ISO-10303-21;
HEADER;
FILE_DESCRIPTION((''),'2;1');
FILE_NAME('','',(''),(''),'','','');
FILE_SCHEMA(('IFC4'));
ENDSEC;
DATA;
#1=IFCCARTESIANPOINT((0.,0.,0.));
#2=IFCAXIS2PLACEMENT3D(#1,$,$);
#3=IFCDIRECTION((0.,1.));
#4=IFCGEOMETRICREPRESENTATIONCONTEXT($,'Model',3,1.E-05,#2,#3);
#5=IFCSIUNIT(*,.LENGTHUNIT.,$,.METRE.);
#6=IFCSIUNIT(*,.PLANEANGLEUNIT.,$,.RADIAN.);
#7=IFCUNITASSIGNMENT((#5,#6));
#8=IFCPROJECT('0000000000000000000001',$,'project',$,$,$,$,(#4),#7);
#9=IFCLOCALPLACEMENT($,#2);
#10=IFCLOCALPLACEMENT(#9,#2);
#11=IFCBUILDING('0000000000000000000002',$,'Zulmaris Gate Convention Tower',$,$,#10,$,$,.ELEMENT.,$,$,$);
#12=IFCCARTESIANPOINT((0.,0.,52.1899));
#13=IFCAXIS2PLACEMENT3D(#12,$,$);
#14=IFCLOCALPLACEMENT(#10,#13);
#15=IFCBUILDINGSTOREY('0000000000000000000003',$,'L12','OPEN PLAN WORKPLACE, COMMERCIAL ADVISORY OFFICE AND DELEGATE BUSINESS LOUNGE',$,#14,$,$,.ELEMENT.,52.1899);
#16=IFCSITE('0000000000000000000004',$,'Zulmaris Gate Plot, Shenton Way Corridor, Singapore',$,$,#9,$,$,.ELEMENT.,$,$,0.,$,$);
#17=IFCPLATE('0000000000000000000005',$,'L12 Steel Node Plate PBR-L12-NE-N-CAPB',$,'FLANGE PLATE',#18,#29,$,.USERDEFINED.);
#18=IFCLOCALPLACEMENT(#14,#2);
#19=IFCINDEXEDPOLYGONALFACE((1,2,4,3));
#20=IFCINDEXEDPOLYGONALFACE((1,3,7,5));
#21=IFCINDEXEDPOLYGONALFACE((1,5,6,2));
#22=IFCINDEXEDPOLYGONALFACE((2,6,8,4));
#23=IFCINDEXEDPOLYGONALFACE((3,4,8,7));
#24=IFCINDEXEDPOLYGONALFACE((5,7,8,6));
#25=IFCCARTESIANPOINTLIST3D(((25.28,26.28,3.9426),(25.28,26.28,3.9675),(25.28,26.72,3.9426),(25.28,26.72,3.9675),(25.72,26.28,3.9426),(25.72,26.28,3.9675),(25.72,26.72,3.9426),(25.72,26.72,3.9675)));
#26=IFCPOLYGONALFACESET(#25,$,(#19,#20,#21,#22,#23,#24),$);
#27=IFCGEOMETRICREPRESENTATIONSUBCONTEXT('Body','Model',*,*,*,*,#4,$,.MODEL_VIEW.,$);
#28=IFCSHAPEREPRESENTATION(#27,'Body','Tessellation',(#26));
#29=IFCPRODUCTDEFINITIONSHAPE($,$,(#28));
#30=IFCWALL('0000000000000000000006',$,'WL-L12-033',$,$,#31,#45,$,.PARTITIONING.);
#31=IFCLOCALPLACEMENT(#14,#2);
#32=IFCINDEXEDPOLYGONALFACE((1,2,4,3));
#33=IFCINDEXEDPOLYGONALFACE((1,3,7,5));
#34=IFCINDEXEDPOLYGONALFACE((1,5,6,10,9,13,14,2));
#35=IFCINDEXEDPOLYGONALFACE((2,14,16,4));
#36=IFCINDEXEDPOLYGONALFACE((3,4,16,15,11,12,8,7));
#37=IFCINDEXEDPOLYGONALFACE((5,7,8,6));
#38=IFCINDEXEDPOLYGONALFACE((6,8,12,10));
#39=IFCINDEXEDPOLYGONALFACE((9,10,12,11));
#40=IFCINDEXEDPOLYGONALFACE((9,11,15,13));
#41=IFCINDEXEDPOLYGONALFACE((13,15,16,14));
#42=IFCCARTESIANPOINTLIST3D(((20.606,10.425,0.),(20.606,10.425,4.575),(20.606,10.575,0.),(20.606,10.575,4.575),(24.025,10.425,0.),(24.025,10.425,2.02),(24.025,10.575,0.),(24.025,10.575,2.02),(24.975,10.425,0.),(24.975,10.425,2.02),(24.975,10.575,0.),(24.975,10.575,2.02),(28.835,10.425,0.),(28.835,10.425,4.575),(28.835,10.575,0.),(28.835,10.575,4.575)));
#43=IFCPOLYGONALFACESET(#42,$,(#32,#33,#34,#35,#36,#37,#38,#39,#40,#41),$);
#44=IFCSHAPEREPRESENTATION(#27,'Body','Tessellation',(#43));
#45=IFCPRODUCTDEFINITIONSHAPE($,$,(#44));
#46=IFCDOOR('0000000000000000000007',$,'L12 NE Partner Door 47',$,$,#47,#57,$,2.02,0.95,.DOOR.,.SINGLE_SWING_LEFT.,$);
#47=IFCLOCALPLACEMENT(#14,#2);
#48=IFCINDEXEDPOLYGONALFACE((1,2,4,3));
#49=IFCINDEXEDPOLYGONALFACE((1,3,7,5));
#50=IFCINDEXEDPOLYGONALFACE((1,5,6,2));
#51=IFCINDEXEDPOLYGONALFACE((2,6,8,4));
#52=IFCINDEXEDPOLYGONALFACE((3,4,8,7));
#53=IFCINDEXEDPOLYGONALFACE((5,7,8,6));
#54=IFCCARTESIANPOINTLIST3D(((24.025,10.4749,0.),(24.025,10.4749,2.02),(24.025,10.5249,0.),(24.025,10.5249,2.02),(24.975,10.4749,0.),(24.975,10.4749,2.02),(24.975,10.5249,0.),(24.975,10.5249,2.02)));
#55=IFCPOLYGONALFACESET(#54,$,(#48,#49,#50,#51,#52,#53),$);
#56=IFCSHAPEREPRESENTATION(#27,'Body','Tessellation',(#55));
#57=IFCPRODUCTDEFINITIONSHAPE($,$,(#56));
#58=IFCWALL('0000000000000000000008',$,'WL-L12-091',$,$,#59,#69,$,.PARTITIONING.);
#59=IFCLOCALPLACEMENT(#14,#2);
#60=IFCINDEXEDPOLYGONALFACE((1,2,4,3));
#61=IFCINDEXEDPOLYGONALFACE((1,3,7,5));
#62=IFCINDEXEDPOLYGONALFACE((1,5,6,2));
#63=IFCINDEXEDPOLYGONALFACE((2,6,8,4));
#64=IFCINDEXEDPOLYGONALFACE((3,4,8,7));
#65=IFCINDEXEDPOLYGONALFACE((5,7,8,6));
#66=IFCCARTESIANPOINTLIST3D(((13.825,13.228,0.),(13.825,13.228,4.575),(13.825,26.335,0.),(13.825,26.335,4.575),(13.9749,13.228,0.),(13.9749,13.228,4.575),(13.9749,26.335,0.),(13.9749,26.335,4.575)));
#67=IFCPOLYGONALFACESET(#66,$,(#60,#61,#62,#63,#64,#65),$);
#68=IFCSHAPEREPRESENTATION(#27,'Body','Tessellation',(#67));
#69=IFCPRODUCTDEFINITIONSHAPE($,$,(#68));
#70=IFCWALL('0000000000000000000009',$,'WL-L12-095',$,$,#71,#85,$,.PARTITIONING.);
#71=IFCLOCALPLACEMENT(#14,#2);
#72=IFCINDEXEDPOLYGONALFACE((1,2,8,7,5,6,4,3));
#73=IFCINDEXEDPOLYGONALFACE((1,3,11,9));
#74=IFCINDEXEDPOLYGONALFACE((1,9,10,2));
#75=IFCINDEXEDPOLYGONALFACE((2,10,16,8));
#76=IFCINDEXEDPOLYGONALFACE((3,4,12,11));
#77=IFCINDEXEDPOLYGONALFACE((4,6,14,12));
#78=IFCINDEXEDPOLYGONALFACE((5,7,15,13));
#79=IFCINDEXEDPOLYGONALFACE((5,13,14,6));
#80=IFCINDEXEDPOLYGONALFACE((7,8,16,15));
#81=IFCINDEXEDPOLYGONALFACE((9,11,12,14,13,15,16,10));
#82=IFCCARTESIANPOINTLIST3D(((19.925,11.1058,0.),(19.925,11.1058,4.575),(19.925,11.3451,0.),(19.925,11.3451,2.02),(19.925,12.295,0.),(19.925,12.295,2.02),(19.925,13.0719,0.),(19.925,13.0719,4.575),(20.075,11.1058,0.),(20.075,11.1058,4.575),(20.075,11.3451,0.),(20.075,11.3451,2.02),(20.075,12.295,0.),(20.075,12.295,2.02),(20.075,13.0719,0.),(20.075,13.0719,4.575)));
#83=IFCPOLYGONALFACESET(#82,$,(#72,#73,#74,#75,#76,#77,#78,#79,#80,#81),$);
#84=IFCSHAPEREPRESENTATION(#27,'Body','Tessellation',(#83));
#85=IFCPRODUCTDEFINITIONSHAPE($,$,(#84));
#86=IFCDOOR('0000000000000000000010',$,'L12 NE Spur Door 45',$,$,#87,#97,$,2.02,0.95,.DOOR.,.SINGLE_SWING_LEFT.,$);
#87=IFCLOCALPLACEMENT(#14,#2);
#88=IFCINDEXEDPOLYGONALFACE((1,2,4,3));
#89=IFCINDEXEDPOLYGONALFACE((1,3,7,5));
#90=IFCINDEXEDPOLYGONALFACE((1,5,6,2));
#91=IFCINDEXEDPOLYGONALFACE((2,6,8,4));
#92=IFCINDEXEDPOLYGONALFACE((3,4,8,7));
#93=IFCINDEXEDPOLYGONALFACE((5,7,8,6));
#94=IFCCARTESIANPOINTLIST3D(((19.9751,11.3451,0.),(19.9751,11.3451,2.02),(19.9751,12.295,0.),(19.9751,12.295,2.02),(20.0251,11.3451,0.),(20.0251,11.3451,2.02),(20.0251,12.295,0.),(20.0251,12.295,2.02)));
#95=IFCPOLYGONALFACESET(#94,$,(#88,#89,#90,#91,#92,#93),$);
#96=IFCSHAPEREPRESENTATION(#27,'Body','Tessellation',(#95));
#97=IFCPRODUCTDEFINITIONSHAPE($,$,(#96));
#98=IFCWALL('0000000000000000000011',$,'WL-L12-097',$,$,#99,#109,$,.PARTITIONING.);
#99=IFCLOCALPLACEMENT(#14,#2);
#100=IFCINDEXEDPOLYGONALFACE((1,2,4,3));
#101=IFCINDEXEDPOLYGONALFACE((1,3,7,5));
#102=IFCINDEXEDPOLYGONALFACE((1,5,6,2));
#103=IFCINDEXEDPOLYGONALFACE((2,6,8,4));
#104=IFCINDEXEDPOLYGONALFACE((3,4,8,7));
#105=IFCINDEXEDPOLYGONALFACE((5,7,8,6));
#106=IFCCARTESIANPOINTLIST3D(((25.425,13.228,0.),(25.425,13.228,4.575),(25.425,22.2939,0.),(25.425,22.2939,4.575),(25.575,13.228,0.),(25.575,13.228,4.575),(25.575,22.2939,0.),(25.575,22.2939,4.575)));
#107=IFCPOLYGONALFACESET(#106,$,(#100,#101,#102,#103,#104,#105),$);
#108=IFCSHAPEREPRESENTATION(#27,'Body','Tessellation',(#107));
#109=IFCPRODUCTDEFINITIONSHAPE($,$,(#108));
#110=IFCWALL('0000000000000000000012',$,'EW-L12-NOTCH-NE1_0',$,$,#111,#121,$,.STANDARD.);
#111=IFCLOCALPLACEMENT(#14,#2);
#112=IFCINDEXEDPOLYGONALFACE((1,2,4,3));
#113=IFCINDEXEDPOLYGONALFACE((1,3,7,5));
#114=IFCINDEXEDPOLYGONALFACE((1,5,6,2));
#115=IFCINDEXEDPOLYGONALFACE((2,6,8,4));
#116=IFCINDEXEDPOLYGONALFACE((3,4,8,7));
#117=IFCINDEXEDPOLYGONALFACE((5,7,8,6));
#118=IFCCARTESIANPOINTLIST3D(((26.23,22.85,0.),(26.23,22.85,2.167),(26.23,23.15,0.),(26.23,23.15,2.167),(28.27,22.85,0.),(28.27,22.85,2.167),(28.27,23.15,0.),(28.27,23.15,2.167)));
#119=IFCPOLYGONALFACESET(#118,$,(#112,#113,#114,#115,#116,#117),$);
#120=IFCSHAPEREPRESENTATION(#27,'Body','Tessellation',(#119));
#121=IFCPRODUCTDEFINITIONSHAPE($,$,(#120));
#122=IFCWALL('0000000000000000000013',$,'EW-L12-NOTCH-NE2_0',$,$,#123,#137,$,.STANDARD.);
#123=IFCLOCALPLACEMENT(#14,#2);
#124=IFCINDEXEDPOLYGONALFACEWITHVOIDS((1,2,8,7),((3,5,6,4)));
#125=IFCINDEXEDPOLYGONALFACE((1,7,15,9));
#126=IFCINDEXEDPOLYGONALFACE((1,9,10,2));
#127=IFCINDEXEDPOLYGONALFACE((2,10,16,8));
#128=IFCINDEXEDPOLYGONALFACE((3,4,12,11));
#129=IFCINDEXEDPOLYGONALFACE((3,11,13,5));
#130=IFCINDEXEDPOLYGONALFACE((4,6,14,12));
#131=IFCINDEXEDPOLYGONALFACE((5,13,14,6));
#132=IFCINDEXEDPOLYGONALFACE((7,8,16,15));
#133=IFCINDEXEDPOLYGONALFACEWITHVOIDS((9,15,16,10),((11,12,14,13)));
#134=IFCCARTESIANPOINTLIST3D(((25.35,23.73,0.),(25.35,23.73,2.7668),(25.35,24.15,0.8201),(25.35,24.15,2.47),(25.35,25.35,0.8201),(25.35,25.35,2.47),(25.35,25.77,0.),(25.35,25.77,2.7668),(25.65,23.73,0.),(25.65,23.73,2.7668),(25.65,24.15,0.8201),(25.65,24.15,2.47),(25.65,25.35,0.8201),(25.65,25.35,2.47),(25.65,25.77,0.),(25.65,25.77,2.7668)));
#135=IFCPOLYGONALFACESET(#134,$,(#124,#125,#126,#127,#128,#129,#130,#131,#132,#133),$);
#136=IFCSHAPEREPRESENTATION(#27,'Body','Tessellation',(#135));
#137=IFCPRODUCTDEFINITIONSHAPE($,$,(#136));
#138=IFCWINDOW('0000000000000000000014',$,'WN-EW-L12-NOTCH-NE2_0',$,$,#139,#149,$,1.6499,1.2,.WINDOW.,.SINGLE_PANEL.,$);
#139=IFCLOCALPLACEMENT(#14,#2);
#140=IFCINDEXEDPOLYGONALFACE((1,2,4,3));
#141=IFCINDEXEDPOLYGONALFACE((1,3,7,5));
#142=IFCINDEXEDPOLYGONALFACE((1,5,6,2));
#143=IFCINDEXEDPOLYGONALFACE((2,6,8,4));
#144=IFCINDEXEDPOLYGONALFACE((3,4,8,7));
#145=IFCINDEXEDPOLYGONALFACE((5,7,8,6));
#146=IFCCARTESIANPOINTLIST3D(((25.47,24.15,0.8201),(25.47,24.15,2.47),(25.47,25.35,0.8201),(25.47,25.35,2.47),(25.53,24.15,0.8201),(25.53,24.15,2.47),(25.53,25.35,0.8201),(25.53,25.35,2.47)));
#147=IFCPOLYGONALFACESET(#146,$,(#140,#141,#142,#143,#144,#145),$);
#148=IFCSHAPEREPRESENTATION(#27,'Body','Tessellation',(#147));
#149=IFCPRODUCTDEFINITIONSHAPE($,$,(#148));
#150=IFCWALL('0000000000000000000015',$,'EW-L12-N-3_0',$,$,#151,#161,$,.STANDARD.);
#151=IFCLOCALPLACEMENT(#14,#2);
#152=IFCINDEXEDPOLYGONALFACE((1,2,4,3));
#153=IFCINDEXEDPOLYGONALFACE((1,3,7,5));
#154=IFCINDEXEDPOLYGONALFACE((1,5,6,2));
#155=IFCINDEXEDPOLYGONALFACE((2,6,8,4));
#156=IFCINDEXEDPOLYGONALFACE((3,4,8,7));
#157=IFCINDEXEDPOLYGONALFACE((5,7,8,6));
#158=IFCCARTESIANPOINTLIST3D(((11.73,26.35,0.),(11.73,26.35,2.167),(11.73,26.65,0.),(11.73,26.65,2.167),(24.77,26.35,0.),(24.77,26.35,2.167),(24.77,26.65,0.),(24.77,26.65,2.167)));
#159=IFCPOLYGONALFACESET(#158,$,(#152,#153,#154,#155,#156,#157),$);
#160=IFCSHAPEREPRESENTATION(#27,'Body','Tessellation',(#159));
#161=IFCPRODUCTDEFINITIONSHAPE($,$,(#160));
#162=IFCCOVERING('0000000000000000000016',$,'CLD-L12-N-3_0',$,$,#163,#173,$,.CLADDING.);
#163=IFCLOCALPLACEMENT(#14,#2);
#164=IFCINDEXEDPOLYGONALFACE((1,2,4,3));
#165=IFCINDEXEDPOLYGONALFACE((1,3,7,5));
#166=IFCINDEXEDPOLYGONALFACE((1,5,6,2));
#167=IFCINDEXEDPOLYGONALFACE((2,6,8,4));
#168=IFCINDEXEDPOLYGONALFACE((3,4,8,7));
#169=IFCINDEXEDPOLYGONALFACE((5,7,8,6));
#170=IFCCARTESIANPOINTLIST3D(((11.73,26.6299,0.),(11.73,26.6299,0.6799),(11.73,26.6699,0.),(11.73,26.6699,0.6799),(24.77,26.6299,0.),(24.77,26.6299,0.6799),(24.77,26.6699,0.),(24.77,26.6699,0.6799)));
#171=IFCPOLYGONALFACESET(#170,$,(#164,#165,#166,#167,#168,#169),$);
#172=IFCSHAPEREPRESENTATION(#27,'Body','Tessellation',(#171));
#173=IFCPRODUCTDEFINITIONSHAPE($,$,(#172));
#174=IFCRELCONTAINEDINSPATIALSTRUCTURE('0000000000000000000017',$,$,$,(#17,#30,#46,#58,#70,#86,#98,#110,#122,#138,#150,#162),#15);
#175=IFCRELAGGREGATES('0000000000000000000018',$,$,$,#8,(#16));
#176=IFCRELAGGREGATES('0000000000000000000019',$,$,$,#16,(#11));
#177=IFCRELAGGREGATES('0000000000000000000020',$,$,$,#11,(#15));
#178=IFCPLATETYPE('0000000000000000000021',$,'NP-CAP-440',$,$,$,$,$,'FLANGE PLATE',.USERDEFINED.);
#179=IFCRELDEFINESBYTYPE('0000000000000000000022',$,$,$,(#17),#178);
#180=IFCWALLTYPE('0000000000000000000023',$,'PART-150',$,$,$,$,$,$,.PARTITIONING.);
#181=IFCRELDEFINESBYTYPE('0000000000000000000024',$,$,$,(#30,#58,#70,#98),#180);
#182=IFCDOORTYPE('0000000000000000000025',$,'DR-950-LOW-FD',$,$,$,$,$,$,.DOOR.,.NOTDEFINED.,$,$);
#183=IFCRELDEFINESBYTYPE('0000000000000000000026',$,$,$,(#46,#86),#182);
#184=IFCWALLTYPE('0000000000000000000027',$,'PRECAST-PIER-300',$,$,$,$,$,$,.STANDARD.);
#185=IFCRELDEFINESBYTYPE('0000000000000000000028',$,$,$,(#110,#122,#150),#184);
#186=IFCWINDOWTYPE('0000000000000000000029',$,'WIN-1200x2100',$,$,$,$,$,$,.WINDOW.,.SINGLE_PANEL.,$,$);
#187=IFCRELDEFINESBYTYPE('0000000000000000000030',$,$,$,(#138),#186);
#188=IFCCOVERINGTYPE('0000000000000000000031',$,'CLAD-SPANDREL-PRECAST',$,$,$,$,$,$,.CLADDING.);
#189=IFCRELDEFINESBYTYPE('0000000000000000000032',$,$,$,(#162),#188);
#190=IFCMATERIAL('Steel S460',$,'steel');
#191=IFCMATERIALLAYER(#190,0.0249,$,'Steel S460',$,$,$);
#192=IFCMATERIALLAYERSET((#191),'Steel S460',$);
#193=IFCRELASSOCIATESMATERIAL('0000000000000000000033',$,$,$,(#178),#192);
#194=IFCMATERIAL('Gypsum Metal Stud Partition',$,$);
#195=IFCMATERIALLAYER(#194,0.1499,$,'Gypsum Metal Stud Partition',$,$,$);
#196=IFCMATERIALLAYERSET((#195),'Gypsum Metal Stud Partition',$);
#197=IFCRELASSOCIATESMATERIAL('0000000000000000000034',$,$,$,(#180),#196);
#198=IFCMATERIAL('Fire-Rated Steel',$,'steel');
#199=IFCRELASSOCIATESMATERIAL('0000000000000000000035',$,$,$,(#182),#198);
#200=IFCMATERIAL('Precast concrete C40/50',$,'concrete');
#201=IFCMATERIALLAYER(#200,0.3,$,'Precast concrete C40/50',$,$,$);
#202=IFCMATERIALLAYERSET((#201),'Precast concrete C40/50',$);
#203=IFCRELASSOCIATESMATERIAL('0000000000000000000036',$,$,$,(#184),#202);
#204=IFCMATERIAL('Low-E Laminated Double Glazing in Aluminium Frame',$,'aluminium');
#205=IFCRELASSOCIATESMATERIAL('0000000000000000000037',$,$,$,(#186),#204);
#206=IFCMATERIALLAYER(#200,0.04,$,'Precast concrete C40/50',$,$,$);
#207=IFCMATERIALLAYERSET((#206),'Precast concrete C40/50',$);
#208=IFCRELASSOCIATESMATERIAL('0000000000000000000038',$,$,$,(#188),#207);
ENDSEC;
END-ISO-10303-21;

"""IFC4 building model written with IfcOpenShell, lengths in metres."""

from ifc_helpers import new_model, si_unit, direction, frame, frame_2d, origin, origin_2d, place, context, subcontext, project, spatial, rectangle, extrude, material, layer, layer_set, type_object, element, fill, save


model = new_model("IFC4")

# Units and contexts
model_context = context("Model", 3, precision=1e-05, world=origin(), true_north=direction((0.0, 1.0)))
body_context = subcontext(model_context, "Body", "Model", "MODEL_VIEW")
ifc_project = project(units=[si_unit("LENGTHUNIT", "METRE"), si_unit("PLANEANGLEUNIT", "RADIAN")], contexts=[model_context])

# Site, building, storey
site_placement = place(None, origin())
site = spatial("IfcSite", under=ifc_project, at=site_placement, Name="Zulmaris Gate Plot, Shenton Way Corridor, Singapore", CompositionType="ELEMENT", RefElevation=0.0)
building_placement = place(site_placement, origin())
building = spatial("IfcBuilding", under=site, at=building_placement, Name="Zulmaris Gate Convention Tower", CompositionType="ELEMENT")
storey_placement = place(building_placement, frame((0.0, 0.0, 52.1899)))
storey = spatial("IfcBuildingStorey", under=building, at=storey_placement, Name="L12", Description="OPEN PLAN WORKPLACE, COMMERCIAL ADVISORY OFFICE AND DELEGATE BUSINESS LOUNGE", CompositionType="ELEMENT", Elevation=52.1899)

# Shared definitions
ifc_material_1 = material(Name="Steel S460", Category="steel")

# Plate
ifc_layer_1 = layer(ifc_material_1, 0.0249, Name="Steel S460")
ifc_layer_set_1 = layer_set([ifc_layer_1], Name="Steel S460")
plate_type = type_object("IfcPlateType", Name="NP-CAP-440", ElementType="FLANGE PLATE", PredefinedType="USERDEFINED", material=ifc_layer_set_1)
for number, where, z_axis, x_axis, name in (
    (1, (25.5, 26.5, 3.9426), (0.0, 0.0, 1.0), (1.0, 0.0, 0.0), "L12 Steel Node Plate PBR-L12-NE-N-CAPB"),
):
    element("IfcPlate", number, at=place(storey_placement, frame(where, z_axis=z_axis, x_axis=x_axis)), inside=storey, type_object=plate_type, Name=name, ObjectType="FLANGE PLATE", PredefinedType="USERDEFINED", context=body_context, shape_type="SweptSolid", body=[
        extrude(rectangle(XDim=0.4399, YDim=0.4399, at=origin_2d()), origin(), (0.0, 0.0, 1.0), 0.0249),
    ])

# Wall, opening, door
ifc_material_2 = material(Name="Gypsum Metal Stud Partition")
ifc_layer_2 = layer(ifc_material_2, 0.1499, Name="Gypsum Metal Stud Partition")
ifc_layer_set_2 = layer_set([ifc_layer_2], Name="Gypsum Metal Stud Partition")
wall_type_1 = type_object("IfcWallType", Name="PART-150", PredefinedType="PARTITIONING", material=ifc_layer_set_2)
wall_1_placement = place(storey_placement, frame((20.606, 10.5, 0.0), z_axis=(0.0, 0.0, 1.0), x_axis=(1.0, 0.0, 0.0)))
wall_1 = element("IfcWall", 2, at=wall_1_placement, inside=storey, type_object=wall_type_1, Name="WL-L12-033", PredefinedType="PARTITIONING", context=body_context, shape_type="SweptSolid", body=[
    extrude(rectangle(XDim=8.229, YDim=0.1499, at=frame_2d((4.1145, 0.0))), origin(), (0.0, 0.0, 1.0), 4.575),
])
opening_1_placement = place(wall_1_placement, frame((3.4189, 0.0, 0.0)))
opening_1 = element("IfcOpeningElement", 3, at=opening_1_placement, cuts=wall_1, PredefinedType="OPENING", context=body_context, shape_type="SweptSolid", body=[
    extrude(rectangle(XDim=0.95, YDim=2.02, at=frame_2d((0.4751, 1.01))), frame((0.0, 0.085, 0.0), z_axis=(0.0, -1.0, 0.0), x_axis=(1.0, 0.0, 0.0)), (0.0, 0.0, 1.0), 0.1699),
])
ifc_material_3 = material(Name="Fire-Rated Steel", Category="steel")
door_type_1 = type_object("IfcDoorType", Name="DR-950-LOW-FD", OperationType="NOTDEFINED", PredefinedType="DOOR", material=ifc_material_3)
door_1_placement = place(opening_1_placement, origin())
door_1 = element("IfcDoor", 4, at=door_1_placement, inside=storey, type_object=door_type_1, Name="L12 NE Partner Door 47", OperationType="SINGLE_SWING_LEFT", OverallHeight=2.02, OverallWidth=0.95, PredefinedType="DOOR", context=body_context, shape_type="SweptSolid", body=[
    extrude(rectangle(XDim=0.95, YDim=2.02, at=frame_2d((0.4751, 1.01))), frame((0.0, 0.0249, 0.0), z_axis=(0.0, -1.0, 0.0), x_axis=(1.0, 0.0, 0.0)), (0.0, 0.0, 1.0), 0.05),
])
fill(opening_1, door_1)

# Wall
wall_2_placement = place(storey_placement, frame((13.8999, 13.228, 0.0), z_axis=(0.0, 0.0, 1.0), x_axis=(0.0, 1.0, 0.0)))
element("IfcWall", 5, at=wall_2_placement, inside=storey, type_object=wall_type_1, Name="WL-L12-091", PredefinedType="PARTITIONING", context=body_context, shape_type="SweptSolid", body=[
    extrude(rectangle(XDim=13.1069, YDim=0.1499, at=frame_2d((6.5535, 0.0))), origin(), (0.0, 0.0, 1.0), 4.575),
])

# Wall, opening, door
wall_3_placement = place(storey_placement, frame((20.0, 11.106, 0.0), z_axis=(0.0, 0.0, 1.0), x_axis=(0.0, 1.0, 0.0)))
wall_3 = element("IfcWall", 6, at=wall_3_placement, inside=storey, type_object=wall_type_1, Name="WL-L12-095", PredefinedType="PARTITIONING", context=body_context, shape_type="SweptSolid", body=[
    extrude(rectangle(XDim=1.9661, YDim=0.1499, at=frame_2d((0.9829, 0.0))), origin(), (0.0, 0.0, 1.0), 4.575),
])
opening_2_placement = place(wall_3_placement, frame((0.239, 0.0, 0.0)))
opening_2 = element("IfcOpeningElement", 7, at=opening_2_placement, cuts=wall_3, PredefinedType="OPENING", context=body_context, shape_type="SweptSolid", body=[
    extrude(rectangle(XDim=0.95, YDim=2.02, at=frame_2d((0.4751, 1.01))), frame((0.0, 0.085, 0.0), z_axis=(0.0, -1.0, 0.0), x_axis=(1.0, 0.0, 0.0)), (0.0, 0.0, 1.0), 0.1699),
])
door_2_placement = place(opening_2_placement, origin())
door_2 = element("IfcDoor", 8, at=door_2_placement, inside=storey, type_object=door_type_1, Name="L12 NE Spur Door 45", OperationType="SINGLE_SWING_LEFT", OverallHeight=2.02, OverallWidth=0.95, PredefinedType="DOOR", context=body_context, shape_type="SweptSolid", body=[
    extrude(rectangle(XDim=0.95, YDim=2.02, at=frame_2d((0.4751, 1.01))), frame((0.0, 0.0249, 0.0), z_axis=(0.0, -1.0, 0.0), x_axis=(1.0, 0.0, 0.0)), (0.0, 0.0, 1.0), 0.05),
])
fill(opening_2, door_2)

# Walls
wall_4_placement = place(storey_placement, frame((25.5, 13.228, 0.0), z_axis=(0.0, 0.0, 1.0), x_axis=(0.0, 1.0, 0.0)))
element("IfcWall", 9, at=wall_4_placement, inside=storey, type_object=wall_type_1, Name="WL-L12-097", PredefinedType="PARTITIONING", context=body_context, shape_type="SweptSolid", body=[
    extrude(rectangle(XDim=9.0659, YDim=0.1499, at=frame_2d((4.533, 0.0))), origin(), (0.0, 0.0, 1.0), 4.575),
])
ifc_material_4 = material(Name="Precast concrete C40/50", Category="concrete")
ifc_layer_3 = layer(ifc_material_4, 0.3, Name="Precast concrete C40/50")
ifc_layer_set_3 = layer_set([ifc_layer_3], Name="Precast concrete C40/50")
wall_type_2 = type_object("IfcWallType", Name="PRECAST-PIER-300", PredefinedType="STANDARD", material=ifc_layer_set_3)
wall_5_placement = place(storey_placement, frame((28.27, 23.0, 0.0), z_axis=(0.0, 0.0, 1.0), x_axis=(-1.0, 0.0, 0.0)))
element("IfcWall", 10, at=wall_5_placement, inside=storey, type_object=wall_type_2, Name="EW-L12-NOTCH-NE1_0", PredefinedType="STANDARD", context=body_context, shape_type="SweptSolid", body=[
    extrude(rectangle(XDim=2.04, YDim=0.3, at=frame_2d((1.02, 0.0))), origin(), (0.0, 0.0, 1.0), 2.167),
])

# Wall, opening, window
wall_6_placement = place(storey_placement, frame((25.5, 23.73, 0.0), z_axis=(0.0, 0.0, 1.0), x_axis=(0.0, 1.0, 0.0)))
wall_6 = element("IfcWall", 11, at=wall_6_placement, inside=storey, type_object=wall_type_2, Name="EW-L12-NOTCH-NE2_0", PredefinedType="STANDARD", context=body_context, shape_type="SweptSolid", body=[
    extrude(rectangle(XDim=2.04, YDim=0.3, at=frame_2d((1.02, 0.0))), origin(), (0.0, 0.0, 1.0), 2.7668),
])
opening_3_placement = place(wall_6_placement, frame((0.4199, 0.0, 0.8201)))
opening_3 = element("IfcOpeningElement", 12, at=opening_3_placement, cuts=wall_6, PredefinedType="OPENING", context=body_context, shape_type="SweptSolid", body=[
    extrude(rectangle(XDim=1.2, YDim=1.6499, at=frame_2d((0.6001, 0.825))), frame((0.0, 0.1602, 0.0), z_axis=(0.0, -1.0, 0.0), x_axis=(1.0, 0.0, 0.0)), (0.0, 0.0, 1.0), 0.3201),
])
ifc_material_5 = material(Name="Low-E Laminated Double Glazing in Aluminium Frame", Category="aluminium")
window_type = type_object("IfcWindowType", Name="WIN-1200x2100", PartitioningType="SINGLE_PANEL", PredefinedType="WINDOW", material=ifc_material_5)
window_placement = place(opening_3_placement, origin())
window = element("IfcWindow", 13, at=window_placement, inside=storey, type_object=window_type, Name="WN-EW-L12-NOTCH-NE2_0", OverallHeight=1.6499, OverallWidth=1.2, PartitioningType="SINGLE_PANEL", PredefinedType="WINDOW", context=body_context, shape_type="SweptSolid", body=[
    extrude(rectangle(XDim=1.2, YDim=1.6499, at=frame_2d((0.6001, 0.825))), frame((0.0, 0.03, 0.0), z_axis=(0.0, -1.0, 0.0), x_axis=(1.0, 0.0, 0.0)), (0.0, 0.0, 1.0), 0.0601),
])
fill(opening_3, window)

# Wall
wall_7_placement = place(storey_placement, frame((24.77, 26.5, 0.0), z_axis=(0.0, 0.0, 1.0), x_axis=(-1.0, 0.0, 0.0)))
element("IfcWall", 14, at=wall_7_placement, inside=storey, type_object=wall_type_2, Name="EW-L12-N-3_0", PredefinedType="STANDARD", context=body_context, shape_type="SweptSolid", body=[
    extrude(rectangle(XDim=13.04, YDim=0.3, at=frame_2d((6.52, 0.0))), origin(), (0.0, 0.0, 1.0), 2.167),
])

# Covering
ifc_layer_4 = layer(ifc_material_4, 0.04, Name="Precast concrete C40/50")
ifc_layer_set_4 = layer_set([ifc_layer_4], Name="Precast concrete C40/50")
covering_type = type_object("IfcCoveringType", Name="CLAD-SPANDREL-PRECAST", PredefinedType="CLADDING", material=ifc_layer_set_4)
covering_1_placement = place(storey_placement, frame((24.77, 26.6499, 0.0), z_axis=(0.0, 0.0, 1.0), x_axis=(-1.0, 0.0, 0.0)))
element("IfcCovering", 15, at=covering_1_placement, inside=storey, type_object=covering_type, Name="CLD-L12-N-3_0", PredefinedType="CLADDING", context=body_context, shape_type="SweptSolid", body=[
    extrude(rectangle(XDim=13.04, YDim=0.04, at=frame_2d((6.52, 0.0))), origin(), (0.0, 0.0, 1.0), 0.6799),
])

save(model, "model.ifc")
